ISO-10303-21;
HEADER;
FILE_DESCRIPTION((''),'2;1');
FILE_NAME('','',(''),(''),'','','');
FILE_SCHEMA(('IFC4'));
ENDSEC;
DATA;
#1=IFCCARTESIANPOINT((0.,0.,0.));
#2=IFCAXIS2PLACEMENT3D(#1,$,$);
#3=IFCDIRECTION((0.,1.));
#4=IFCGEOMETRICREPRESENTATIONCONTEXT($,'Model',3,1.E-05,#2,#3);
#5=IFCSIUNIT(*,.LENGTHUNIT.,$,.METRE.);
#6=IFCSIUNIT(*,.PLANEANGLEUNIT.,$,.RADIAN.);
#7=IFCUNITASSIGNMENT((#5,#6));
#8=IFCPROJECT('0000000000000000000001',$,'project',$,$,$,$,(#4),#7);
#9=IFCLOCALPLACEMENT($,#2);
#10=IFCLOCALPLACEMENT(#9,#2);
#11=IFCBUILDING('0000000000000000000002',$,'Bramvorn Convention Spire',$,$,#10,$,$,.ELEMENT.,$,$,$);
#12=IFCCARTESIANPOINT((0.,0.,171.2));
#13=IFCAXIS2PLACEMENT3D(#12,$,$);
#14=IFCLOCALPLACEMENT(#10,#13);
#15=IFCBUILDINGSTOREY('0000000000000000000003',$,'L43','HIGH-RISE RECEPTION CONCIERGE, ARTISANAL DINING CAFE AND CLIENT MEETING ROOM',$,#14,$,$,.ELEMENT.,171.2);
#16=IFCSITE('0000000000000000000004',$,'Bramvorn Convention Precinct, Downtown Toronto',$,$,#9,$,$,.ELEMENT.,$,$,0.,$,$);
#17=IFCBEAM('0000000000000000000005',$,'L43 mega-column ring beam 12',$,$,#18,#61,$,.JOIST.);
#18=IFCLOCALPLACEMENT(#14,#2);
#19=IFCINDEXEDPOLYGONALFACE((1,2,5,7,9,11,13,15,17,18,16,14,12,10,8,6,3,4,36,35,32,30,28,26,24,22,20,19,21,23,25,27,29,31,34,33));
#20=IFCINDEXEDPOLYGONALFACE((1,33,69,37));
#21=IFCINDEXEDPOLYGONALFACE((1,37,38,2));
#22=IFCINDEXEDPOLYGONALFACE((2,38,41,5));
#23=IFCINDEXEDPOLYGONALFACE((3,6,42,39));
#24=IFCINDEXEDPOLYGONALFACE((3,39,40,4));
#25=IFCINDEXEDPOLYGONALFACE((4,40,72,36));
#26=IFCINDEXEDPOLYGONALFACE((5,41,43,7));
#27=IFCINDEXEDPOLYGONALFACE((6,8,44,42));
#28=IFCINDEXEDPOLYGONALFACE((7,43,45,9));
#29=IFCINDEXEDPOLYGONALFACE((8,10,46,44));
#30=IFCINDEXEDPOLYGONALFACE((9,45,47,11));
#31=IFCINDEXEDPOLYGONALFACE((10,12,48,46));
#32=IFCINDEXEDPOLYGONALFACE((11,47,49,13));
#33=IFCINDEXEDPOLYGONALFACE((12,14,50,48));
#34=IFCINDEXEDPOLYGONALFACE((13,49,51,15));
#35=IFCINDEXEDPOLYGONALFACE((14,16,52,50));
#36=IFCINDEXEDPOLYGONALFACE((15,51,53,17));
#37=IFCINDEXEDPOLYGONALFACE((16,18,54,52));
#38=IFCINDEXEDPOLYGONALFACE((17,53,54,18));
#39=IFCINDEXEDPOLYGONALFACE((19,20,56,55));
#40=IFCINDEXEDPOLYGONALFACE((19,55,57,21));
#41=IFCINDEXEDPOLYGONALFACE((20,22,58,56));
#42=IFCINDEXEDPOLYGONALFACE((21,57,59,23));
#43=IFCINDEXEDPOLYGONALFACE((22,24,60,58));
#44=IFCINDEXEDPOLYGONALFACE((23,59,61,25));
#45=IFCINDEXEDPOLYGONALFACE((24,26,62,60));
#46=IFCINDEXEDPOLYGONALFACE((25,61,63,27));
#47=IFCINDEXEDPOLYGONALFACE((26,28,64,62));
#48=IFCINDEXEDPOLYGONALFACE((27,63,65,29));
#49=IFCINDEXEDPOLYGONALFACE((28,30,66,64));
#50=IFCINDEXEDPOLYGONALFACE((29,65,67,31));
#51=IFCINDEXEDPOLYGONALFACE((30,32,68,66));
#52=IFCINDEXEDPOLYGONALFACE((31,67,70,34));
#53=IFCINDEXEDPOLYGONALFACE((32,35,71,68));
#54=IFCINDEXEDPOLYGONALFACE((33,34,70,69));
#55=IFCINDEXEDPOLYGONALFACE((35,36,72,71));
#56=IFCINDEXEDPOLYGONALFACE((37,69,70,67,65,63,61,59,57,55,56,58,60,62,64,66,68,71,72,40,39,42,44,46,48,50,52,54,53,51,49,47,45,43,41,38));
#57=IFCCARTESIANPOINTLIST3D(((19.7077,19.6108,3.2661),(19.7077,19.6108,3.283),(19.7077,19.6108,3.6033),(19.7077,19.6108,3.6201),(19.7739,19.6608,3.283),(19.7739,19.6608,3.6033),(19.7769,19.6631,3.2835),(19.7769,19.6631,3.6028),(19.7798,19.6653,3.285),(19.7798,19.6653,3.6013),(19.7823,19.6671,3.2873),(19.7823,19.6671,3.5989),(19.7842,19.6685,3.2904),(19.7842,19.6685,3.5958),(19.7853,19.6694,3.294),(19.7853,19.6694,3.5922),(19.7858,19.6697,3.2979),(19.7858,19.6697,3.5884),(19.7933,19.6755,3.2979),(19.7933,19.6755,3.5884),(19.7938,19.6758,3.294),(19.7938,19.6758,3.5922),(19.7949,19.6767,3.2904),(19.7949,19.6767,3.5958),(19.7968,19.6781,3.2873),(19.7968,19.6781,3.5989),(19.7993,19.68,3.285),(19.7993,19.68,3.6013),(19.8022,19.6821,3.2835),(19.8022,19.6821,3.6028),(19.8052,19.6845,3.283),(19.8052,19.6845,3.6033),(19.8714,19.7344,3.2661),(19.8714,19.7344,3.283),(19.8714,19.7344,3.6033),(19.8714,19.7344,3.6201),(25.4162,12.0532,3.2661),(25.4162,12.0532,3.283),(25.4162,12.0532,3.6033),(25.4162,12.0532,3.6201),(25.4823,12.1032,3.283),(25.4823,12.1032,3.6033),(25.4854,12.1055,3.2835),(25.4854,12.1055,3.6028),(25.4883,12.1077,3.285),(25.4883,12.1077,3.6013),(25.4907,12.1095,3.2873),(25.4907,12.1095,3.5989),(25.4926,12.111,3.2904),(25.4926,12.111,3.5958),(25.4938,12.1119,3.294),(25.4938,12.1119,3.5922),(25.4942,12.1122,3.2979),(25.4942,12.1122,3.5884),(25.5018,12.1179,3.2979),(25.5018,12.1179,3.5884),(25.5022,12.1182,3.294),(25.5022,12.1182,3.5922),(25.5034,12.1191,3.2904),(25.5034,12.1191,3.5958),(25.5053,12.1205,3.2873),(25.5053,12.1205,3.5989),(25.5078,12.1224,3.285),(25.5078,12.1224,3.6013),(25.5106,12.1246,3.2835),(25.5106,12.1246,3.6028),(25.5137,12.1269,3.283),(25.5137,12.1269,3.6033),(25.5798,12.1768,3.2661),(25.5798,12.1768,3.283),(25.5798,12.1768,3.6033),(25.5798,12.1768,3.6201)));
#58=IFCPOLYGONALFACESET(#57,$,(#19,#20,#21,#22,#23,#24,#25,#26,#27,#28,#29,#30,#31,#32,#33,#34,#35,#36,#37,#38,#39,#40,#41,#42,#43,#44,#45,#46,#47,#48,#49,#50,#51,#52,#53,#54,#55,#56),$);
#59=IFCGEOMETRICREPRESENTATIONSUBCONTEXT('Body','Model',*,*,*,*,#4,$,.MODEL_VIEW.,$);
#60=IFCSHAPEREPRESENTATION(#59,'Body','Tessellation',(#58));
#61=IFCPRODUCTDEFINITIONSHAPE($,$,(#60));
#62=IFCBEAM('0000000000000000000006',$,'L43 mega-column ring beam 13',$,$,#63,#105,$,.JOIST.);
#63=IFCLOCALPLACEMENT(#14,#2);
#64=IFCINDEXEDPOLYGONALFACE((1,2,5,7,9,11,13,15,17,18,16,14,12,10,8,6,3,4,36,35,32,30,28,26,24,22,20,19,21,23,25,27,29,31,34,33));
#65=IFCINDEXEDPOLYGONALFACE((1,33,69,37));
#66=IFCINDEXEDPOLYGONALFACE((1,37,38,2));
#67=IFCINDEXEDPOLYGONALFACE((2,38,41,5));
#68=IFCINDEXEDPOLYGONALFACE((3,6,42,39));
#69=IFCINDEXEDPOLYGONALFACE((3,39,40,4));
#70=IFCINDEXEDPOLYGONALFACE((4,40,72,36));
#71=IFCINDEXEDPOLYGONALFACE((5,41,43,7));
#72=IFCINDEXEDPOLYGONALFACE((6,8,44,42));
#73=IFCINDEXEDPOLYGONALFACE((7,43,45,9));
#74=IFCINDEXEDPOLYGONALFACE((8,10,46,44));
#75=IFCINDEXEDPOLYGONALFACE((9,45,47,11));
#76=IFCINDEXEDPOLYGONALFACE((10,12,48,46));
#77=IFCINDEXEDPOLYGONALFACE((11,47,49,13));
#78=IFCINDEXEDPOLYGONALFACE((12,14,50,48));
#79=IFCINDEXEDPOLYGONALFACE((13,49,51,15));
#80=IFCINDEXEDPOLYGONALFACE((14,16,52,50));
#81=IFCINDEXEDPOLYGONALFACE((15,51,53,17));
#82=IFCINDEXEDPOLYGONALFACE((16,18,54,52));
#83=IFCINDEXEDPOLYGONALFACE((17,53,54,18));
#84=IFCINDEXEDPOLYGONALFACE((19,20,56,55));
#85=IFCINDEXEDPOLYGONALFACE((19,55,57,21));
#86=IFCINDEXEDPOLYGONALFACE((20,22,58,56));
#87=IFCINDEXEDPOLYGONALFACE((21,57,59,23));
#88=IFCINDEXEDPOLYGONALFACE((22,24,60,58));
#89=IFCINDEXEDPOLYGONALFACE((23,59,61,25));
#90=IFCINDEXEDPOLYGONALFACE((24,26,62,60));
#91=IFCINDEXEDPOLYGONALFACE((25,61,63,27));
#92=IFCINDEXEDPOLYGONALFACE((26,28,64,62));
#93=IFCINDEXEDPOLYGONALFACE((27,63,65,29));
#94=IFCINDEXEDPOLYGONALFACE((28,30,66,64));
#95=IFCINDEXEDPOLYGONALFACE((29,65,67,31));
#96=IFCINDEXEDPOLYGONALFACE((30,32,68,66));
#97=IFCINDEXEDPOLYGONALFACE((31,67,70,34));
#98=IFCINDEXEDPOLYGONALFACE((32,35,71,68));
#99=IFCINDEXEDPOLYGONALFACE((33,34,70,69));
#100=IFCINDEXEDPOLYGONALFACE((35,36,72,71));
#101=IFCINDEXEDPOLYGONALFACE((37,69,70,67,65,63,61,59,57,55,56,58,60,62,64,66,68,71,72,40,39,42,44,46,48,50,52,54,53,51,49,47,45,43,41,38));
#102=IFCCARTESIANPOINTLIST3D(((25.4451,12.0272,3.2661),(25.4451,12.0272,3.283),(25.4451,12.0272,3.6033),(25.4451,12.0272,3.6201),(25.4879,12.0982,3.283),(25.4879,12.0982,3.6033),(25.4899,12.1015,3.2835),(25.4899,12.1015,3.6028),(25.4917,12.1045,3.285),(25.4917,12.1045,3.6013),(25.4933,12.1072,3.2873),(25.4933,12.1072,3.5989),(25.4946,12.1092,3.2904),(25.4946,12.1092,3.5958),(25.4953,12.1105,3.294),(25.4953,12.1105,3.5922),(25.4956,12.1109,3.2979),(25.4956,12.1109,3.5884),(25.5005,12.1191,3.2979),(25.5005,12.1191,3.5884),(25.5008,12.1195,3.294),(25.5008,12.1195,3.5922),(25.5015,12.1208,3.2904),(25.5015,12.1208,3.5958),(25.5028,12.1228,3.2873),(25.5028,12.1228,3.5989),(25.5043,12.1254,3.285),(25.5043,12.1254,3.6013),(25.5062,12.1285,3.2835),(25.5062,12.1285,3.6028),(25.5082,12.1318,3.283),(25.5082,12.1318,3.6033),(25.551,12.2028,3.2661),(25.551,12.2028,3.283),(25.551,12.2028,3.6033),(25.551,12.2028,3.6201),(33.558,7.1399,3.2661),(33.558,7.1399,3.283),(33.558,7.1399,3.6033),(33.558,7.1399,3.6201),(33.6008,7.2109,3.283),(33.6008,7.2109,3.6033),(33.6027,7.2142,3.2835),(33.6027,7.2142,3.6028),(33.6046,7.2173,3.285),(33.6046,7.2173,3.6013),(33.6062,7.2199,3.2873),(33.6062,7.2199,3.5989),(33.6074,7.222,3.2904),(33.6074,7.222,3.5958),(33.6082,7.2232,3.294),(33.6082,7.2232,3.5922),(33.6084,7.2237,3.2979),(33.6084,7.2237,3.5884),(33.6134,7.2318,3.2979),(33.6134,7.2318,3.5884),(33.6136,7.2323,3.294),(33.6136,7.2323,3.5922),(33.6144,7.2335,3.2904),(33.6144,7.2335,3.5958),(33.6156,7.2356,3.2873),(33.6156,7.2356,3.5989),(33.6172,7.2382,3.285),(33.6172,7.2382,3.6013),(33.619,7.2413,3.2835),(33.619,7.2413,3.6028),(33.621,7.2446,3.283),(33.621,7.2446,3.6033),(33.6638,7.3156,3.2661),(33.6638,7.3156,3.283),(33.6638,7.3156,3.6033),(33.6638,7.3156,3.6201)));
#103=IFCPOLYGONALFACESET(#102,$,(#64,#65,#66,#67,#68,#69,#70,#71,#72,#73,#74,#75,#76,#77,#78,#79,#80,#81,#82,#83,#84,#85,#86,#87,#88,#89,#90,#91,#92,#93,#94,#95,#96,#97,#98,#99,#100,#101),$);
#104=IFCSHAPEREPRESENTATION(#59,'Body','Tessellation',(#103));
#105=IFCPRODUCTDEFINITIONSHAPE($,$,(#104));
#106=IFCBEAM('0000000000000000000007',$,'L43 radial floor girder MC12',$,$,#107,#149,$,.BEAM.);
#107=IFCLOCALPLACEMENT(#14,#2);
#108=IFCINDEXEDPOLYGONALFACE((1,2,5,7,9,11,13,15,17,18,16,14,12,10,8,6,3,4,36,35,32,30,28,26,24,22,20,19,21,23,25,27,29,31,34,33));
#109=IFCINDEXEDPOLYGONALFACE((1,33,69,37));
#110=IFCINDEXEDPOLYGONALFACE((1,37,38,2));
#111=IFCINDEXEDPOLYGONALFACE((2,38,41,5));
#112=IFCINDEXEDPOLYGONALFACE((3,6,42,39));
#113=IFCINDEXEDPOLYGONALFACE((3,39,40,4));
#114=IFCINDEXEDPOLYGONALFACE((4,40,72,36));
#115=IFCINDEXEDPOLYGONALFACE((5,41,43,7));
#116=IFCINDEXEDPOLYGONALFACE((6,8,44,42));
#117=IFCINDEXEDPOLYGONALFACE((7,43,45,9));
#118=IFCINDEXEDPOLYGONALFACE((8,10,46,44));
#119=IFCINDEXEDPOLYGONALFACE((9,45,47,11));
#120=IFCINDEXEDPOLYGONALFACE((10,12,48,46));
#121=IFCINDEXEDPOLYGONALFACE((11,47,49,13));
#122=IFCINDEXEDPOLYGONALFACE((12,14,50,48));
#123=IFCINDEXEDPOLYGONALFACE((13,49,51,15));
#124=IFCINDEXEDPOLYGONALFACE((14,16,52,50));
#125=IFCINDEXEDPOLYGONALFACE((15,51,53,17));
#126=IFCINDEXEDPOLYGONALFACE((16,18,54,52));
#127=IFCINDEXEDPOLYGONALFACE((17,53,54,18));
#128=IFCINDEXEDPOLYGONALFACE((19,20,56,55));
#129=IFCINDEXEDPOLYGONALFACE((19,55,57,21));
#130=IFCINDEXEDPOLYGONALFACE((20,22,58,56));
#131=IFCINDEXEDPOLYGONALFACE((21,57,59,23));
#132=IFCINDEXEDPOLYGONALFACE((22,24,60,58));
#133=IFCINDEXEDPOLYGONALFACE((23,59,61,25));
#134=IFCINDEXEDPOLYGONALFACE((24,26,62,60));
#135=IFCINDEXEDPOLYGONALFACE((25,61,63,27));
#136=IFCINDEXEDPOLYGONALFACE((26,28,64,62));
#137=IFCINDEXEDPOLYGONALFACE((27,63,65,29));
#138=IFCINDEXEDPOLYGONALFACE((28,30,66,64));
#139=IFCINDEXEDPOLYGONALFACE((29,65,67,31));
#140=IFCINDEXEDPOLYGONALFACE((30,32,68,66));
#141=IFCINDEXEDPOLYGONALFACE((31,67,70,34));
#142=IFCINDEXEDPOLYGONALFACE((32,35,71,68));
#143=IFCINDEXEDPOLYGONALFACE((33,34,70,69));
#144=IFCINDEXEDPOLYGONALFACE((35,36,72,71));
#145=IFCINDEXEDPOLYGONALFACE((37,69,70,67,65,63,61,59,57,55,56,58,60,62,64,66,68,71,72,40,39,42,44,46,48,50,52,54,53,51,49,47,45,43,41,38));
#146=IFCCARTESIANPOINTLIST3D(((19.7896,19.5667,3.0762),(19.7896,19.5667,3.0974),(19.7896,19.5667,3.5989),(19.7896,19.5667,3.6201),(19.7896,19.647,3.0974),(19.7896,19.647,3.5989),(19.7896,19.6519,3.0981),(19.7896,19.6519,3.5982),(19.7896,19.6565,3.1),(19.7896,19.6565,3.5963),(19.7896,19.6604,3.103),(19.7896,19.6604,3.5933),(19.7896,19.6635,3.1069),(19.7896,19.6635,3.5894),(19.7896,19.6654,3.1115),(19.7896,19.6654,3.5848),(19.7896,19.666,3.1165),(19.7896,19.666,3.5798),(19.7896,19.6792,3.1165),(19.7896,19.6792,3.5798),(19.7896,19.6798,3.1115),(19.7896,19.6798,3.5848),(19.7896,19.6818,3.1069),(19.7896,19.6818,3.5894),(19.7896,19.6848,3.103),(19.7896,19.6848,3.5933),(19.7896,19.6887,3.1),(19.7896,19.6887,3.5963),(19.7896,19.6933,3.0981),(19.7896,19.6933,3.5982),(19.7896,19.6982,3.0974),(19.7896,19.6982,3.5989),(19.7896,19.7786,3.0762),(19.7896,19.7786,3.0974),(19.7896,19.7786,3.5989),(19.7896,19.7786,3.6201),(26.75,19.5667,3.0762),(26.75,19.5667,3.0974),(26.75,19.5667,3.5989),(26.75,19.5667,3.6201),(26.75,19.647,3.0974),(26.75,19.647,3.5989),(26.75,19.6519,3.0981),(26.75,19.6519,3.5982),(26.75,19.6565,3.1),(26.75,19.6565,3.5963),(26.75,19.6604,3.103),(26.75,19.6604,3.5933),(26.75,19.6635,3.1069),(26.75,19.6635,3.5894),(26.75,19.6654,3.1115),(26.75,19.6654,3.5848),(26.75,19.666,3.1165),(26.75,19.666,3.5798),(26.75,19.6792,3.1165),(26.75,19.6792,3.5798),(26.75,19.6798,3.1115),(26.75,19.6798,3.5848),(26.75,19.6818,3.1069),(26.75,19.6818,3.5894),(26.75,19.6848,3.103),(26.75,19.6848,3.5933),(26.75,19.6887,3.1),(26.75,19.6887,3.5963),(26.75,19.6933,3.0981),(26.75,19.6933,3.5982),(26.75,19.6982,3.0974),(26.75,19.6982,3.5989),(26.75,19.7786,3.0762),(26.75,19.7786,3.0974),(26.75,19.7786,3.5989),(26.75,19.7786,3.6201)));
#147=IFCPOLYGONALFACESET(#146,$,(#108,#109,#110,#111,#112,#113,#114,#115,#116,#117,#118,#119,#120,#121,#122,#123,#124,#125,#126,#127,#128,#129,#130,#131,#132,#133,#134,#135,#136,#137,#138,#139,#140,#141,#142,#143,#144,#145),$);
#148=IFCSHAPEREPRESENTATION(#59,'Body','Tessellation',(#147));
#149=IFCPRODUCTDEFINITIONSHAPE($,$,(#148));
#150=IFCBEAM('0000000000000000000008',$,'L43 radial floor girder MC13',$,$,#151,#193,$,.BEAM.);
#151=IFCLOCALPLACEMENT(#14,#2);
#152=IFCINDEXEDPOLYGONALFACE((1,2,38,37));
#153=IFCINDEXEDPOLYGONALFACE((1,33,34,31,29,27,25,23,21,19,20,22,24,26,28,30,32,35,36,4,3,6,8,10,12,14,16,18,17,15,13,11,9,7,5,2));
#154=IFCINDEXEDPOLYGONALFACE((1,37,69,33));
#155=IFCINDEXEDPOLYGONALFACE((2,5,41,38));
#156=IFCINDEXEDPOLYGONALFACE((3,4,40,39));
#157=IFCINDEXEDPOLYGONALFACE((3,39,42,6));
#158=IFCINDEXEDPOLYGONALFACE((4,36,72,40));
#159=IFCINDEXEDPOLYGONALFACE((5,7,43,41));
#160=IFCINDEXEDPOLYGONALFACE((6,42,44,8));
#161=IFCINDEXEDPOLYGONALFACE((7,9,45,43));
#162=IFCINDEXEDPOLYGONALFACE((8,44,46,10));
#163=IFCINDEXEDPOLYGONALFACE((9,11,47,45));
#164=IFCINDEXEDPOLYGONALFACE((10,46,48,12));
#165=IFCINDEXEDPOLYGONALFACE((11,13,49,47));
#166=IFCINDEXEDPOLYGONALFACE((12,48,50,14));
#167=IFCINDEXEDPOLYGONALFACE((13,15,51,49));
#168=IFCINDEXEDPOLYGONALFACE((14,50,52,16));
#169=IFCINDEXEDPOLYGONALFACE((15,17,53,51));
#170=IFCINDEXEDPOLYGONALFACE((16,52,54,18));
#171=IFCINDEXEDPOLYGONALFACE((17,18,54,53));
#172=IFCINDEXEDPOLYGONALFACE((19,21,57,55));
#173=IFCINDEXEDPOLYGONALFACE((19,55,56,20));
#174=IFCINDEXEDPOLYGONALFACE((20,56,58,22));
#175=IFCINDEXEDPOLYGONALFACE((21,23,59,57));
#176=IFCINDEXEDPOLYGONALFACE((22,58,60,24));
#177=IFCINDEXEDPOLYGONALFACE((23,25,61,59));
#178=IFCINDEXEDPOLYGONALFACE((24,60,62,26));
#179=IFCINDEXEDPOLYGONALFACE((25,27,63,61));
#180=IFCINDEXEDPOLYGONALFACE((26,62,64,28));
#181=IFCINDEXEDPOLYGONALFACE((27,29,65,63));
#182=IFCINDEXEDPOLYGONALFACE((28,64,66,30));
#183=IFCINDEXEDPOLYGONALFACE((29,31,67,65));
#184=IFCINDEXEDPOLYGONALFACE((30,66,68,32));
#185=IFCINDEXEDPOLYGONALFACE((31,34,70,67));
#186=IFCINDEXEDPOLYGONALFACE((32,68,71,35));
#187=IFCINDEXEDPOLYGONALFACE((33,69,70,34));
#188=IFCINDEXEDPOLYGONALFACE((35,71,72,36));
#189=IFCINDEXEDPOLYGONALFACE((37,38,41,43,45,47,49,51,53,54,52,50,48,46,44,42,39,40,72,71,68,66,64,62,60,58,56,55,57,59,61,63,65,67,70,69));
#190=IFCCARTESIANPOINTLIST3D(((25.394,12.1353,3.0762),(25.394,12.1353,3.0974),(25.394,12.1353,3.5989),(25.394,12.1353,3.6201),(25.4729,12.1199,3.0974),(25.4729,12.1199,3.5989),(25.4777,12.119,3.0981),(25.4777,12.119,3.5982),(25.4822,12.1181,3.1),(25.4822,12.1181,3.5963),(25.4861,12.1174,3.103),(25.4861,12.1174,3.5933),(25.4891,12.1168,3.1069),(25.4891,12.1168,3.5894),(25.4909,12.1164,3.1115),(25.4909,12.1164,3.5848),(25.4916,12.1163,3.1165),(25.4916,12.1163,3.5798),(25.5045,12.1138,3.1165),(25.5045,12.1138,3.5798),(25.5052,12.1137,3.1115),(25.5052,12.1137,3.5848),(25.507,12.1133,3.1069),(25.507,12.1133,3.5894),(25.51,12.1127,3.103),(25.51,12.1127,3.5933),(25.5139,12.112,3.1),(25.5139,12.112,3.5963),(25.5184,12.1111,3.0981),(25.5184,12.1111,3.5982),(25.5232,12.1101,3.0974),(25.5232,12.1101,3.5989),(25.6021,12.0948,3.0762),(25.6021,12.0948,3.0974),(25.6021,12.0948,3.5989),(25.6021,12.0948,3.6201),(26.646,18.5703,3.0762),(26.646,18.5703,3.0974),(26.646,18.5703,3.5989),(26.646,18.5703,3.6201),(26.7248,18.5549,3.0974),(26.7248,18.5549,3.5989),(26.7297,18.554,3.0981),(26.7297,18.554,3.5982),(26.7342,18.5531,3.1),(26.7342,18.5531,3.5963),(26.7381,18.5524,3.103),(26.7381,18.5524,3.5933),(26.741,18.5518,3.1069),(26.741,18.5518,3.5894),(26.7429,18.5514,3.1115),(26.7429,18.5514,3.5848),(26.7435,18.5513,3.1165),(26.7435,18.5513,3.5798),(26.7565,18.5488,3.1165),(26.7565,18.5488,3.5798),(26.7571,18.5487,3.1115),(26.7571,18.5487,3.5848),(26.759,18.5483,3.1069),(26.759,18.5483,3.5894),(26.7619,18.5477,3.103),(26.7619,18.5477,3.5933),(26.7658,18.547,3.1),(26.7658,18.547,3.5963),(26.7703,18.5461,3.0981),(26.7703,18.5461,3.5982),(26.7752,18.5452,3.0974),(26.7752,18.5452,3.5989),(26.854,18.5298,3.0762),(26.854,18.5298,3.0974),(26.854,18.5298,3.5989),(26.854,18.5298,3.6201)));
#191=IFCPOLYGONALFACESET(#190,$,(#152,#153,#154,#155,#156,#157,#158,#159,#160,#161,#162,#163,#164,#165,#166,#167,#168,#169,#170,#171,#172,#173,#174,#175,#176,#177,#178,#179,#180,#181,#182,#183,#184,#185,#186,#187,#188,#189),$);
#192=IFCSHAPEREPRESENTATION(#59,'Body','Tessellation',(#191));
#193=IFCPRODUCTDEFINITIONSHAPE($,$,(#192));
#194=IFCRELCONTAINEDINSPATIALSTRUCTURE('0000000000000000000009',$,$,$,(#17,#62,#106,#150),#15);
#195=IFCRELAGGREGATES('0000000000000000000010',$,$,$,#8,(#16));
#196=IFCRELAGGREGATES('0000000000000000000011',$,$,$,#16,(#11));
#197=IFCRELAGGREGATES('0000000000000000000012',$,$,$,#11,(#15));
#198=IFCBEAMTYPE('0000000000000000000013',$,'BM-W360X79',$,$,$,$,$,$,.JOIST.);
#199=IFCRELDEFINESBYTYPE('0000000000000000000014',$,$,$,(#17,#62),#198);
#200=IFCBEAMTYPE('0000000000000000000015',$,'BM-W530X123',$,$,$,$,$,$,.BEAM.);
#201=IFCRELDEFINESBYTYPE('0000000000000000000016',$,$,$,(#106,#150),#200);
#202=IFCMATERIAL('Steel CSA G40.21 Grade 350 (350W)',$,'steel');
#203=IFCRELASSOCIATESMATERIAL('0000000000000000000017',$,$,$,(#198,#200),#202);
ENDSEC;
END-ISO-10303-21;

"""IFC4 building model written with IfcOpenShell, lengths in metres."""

from ifc_helpers import new_model, si_unit, direction, frame, origin, origin_2d, place, context, subcontext, project, spatial, i_section, extrude, material, material_profile, profile_set, type_object, element, save


model = new_model("IFC4")

# Units and contexts
model_context = context("Model", 3, precision=1e-05, world=origin(), true_north=direction((0.0, 1.0)))
body_context = subcontext(model_context, "Body", "Model", "MODEL_VIEW")
ifc_project = project(units=[si_unit("LENGTHUNIT", "METRE"), si_unit("PLANEANGLEUNIT", "RADIAN")], contexts=[model_context])

# Site, building, storey
site_placement = place(None, origin())
site = spatial("IfcSite", under=ifc_project, at=site_placement, Name="Bramvorn Convention Precinct, Downtown Toronto", CompositionType="ELEMENT", RefElevation=0.0)
building_placement = place(site_placement, origin())
building = spatial("IfcBuilding", under=site, at=building_placement, Name="Bramvorn Convention Spire", CompositionType="ELEMENT")
storey_placement = place(building_placement, frame((0.0, 0.0, 171.2)))
storey = spatial("IfcBuildingStorey", under=building, at=storey_placement, Name="L43", Description="HIGH-RISE RECEPTION CONCIERGE, ARTISANAL DINING CAFE AND CLIENT MEETING ROOM", CompositionType="ELEMENT", Elevation=171.2)

# Shared definitions
ifc_material_1 = material(Name="Steel CSA G40.21 Grade 350 (350W)", Category="steel")

# Beams
ifc_material_profile_1 = material_profile(ifc_material_1, i_section(OverallWidth=0.2051, OverallDepth=0.354, WebThickness=0.0095, FlangeThickness=0.0168, FilletRadius=0.0149, at=origin_2d()))
ifc_profile_set_1 = profile_set([ifc_material_profile_1], Name="Steel CSA G40.21 Grade 350 (350W) - W360X79")
beam_type_1 = type_object("IfcBeamType", Name="BM-W360X79", PredefinedType="JOIST", material=ifc_profile_set_1)
for number, where, z_axis, x_axis, name in (
    (1, (19.7896, 19.6726, 3.4431), (0.602719, -0.797954, 0.0), (0.797954, 0.602719, 0.0), "L43 mega-column ring beam 12"),
    (2, (25.498, 12.115, 3.4431), (0.856582, -0.516011, 0.0), (0.516011, 0.856582, 0.0), "L43 mega-column ring beam 13"),
):
    element("IfcBeam", number, at=place(storey_placement, frame(where, z_axis=z_axis, x_axis=x_axis)), inside=storey, type_object=beam_type_1, Name=name, PredefinedType="JOIST", context=body_context, shape_type="SweptSolid", body=[
        extrude(i_section(OverallWidth=0.2051, OverallDepth=0.354, WebThickness=0.0095, FlangeThickness=0.0168, FilletRadius=0.0149, at=origin_2d()), origin(), (0.0, 0.0, 1.0), 9.4712),
    ])
ifc_material_profile_2 = material_profile(ifc_material_1, i_section(OverallWidth=0.2119, OverallDepth=0.5439, WebThickness=0.0132, FlangeThickness=0.0212, FilletRadius=0.019, at=origin_2d()))
ifc_profile_set_2 = profile_set([ifc_material_profile_2], Name="Steel CSA G40.21 Grade 350 (350W) - W530X123")
beam_type_2 = type_object("IfcBeamType", Name="BM-W530X123", PredefinedType="BEAM", material=ifc_profile_set_2)
beam_1_placement = place(storey_placement, frame((26.75, 19.6726, 3.3481), z_axis=(-1.0, 0.0, 0.0), x_axis=(0.0, -1.0, 0.0)))
element("IfcBeam", 3, at=beam_1_placement, inside=storey, type_object=beam_type_2, Name="L43 radial floor girder MC12", PredefinedType="BEAM", context=body_context, shape_type="SweptSolid", body=[
    extrude(i_section(OverallWidth=0.2119, OverallDepth=0.5439, WebThickness=0.0132, FlangeThickness=0.0212, FilletRadius=0.019, at=origin_2d()), origin(), (0.0, 0.0, 1.0), 6.9604),
])
beam_2_placement = place(storey_placement, frame((26.75, 18.55, 3.3481), z_axis=(-0.190971, -0.981596, 0.0), x_axis=(0.981596, -0.190971, 0.0)))
element("IfcBeam", 4, at=beam_2_placement, inside=storey, type_object=beam_type_2, Name="L43 radial floor girder MC13", PredefinedType="BEAM", context=body_context, shape_type="SweptSolid", body=[
    extrude(i_section(OverallWidth=0.2119, OverallDepth=0.5439, WebThickness=0.0132, FlangeThickness=0.0212, FilletRadius=0.019, at=origin_2d()), origin(), (0.0, 0.0, 1.0), 6.5557),
])

save(model, "model.ifc")
